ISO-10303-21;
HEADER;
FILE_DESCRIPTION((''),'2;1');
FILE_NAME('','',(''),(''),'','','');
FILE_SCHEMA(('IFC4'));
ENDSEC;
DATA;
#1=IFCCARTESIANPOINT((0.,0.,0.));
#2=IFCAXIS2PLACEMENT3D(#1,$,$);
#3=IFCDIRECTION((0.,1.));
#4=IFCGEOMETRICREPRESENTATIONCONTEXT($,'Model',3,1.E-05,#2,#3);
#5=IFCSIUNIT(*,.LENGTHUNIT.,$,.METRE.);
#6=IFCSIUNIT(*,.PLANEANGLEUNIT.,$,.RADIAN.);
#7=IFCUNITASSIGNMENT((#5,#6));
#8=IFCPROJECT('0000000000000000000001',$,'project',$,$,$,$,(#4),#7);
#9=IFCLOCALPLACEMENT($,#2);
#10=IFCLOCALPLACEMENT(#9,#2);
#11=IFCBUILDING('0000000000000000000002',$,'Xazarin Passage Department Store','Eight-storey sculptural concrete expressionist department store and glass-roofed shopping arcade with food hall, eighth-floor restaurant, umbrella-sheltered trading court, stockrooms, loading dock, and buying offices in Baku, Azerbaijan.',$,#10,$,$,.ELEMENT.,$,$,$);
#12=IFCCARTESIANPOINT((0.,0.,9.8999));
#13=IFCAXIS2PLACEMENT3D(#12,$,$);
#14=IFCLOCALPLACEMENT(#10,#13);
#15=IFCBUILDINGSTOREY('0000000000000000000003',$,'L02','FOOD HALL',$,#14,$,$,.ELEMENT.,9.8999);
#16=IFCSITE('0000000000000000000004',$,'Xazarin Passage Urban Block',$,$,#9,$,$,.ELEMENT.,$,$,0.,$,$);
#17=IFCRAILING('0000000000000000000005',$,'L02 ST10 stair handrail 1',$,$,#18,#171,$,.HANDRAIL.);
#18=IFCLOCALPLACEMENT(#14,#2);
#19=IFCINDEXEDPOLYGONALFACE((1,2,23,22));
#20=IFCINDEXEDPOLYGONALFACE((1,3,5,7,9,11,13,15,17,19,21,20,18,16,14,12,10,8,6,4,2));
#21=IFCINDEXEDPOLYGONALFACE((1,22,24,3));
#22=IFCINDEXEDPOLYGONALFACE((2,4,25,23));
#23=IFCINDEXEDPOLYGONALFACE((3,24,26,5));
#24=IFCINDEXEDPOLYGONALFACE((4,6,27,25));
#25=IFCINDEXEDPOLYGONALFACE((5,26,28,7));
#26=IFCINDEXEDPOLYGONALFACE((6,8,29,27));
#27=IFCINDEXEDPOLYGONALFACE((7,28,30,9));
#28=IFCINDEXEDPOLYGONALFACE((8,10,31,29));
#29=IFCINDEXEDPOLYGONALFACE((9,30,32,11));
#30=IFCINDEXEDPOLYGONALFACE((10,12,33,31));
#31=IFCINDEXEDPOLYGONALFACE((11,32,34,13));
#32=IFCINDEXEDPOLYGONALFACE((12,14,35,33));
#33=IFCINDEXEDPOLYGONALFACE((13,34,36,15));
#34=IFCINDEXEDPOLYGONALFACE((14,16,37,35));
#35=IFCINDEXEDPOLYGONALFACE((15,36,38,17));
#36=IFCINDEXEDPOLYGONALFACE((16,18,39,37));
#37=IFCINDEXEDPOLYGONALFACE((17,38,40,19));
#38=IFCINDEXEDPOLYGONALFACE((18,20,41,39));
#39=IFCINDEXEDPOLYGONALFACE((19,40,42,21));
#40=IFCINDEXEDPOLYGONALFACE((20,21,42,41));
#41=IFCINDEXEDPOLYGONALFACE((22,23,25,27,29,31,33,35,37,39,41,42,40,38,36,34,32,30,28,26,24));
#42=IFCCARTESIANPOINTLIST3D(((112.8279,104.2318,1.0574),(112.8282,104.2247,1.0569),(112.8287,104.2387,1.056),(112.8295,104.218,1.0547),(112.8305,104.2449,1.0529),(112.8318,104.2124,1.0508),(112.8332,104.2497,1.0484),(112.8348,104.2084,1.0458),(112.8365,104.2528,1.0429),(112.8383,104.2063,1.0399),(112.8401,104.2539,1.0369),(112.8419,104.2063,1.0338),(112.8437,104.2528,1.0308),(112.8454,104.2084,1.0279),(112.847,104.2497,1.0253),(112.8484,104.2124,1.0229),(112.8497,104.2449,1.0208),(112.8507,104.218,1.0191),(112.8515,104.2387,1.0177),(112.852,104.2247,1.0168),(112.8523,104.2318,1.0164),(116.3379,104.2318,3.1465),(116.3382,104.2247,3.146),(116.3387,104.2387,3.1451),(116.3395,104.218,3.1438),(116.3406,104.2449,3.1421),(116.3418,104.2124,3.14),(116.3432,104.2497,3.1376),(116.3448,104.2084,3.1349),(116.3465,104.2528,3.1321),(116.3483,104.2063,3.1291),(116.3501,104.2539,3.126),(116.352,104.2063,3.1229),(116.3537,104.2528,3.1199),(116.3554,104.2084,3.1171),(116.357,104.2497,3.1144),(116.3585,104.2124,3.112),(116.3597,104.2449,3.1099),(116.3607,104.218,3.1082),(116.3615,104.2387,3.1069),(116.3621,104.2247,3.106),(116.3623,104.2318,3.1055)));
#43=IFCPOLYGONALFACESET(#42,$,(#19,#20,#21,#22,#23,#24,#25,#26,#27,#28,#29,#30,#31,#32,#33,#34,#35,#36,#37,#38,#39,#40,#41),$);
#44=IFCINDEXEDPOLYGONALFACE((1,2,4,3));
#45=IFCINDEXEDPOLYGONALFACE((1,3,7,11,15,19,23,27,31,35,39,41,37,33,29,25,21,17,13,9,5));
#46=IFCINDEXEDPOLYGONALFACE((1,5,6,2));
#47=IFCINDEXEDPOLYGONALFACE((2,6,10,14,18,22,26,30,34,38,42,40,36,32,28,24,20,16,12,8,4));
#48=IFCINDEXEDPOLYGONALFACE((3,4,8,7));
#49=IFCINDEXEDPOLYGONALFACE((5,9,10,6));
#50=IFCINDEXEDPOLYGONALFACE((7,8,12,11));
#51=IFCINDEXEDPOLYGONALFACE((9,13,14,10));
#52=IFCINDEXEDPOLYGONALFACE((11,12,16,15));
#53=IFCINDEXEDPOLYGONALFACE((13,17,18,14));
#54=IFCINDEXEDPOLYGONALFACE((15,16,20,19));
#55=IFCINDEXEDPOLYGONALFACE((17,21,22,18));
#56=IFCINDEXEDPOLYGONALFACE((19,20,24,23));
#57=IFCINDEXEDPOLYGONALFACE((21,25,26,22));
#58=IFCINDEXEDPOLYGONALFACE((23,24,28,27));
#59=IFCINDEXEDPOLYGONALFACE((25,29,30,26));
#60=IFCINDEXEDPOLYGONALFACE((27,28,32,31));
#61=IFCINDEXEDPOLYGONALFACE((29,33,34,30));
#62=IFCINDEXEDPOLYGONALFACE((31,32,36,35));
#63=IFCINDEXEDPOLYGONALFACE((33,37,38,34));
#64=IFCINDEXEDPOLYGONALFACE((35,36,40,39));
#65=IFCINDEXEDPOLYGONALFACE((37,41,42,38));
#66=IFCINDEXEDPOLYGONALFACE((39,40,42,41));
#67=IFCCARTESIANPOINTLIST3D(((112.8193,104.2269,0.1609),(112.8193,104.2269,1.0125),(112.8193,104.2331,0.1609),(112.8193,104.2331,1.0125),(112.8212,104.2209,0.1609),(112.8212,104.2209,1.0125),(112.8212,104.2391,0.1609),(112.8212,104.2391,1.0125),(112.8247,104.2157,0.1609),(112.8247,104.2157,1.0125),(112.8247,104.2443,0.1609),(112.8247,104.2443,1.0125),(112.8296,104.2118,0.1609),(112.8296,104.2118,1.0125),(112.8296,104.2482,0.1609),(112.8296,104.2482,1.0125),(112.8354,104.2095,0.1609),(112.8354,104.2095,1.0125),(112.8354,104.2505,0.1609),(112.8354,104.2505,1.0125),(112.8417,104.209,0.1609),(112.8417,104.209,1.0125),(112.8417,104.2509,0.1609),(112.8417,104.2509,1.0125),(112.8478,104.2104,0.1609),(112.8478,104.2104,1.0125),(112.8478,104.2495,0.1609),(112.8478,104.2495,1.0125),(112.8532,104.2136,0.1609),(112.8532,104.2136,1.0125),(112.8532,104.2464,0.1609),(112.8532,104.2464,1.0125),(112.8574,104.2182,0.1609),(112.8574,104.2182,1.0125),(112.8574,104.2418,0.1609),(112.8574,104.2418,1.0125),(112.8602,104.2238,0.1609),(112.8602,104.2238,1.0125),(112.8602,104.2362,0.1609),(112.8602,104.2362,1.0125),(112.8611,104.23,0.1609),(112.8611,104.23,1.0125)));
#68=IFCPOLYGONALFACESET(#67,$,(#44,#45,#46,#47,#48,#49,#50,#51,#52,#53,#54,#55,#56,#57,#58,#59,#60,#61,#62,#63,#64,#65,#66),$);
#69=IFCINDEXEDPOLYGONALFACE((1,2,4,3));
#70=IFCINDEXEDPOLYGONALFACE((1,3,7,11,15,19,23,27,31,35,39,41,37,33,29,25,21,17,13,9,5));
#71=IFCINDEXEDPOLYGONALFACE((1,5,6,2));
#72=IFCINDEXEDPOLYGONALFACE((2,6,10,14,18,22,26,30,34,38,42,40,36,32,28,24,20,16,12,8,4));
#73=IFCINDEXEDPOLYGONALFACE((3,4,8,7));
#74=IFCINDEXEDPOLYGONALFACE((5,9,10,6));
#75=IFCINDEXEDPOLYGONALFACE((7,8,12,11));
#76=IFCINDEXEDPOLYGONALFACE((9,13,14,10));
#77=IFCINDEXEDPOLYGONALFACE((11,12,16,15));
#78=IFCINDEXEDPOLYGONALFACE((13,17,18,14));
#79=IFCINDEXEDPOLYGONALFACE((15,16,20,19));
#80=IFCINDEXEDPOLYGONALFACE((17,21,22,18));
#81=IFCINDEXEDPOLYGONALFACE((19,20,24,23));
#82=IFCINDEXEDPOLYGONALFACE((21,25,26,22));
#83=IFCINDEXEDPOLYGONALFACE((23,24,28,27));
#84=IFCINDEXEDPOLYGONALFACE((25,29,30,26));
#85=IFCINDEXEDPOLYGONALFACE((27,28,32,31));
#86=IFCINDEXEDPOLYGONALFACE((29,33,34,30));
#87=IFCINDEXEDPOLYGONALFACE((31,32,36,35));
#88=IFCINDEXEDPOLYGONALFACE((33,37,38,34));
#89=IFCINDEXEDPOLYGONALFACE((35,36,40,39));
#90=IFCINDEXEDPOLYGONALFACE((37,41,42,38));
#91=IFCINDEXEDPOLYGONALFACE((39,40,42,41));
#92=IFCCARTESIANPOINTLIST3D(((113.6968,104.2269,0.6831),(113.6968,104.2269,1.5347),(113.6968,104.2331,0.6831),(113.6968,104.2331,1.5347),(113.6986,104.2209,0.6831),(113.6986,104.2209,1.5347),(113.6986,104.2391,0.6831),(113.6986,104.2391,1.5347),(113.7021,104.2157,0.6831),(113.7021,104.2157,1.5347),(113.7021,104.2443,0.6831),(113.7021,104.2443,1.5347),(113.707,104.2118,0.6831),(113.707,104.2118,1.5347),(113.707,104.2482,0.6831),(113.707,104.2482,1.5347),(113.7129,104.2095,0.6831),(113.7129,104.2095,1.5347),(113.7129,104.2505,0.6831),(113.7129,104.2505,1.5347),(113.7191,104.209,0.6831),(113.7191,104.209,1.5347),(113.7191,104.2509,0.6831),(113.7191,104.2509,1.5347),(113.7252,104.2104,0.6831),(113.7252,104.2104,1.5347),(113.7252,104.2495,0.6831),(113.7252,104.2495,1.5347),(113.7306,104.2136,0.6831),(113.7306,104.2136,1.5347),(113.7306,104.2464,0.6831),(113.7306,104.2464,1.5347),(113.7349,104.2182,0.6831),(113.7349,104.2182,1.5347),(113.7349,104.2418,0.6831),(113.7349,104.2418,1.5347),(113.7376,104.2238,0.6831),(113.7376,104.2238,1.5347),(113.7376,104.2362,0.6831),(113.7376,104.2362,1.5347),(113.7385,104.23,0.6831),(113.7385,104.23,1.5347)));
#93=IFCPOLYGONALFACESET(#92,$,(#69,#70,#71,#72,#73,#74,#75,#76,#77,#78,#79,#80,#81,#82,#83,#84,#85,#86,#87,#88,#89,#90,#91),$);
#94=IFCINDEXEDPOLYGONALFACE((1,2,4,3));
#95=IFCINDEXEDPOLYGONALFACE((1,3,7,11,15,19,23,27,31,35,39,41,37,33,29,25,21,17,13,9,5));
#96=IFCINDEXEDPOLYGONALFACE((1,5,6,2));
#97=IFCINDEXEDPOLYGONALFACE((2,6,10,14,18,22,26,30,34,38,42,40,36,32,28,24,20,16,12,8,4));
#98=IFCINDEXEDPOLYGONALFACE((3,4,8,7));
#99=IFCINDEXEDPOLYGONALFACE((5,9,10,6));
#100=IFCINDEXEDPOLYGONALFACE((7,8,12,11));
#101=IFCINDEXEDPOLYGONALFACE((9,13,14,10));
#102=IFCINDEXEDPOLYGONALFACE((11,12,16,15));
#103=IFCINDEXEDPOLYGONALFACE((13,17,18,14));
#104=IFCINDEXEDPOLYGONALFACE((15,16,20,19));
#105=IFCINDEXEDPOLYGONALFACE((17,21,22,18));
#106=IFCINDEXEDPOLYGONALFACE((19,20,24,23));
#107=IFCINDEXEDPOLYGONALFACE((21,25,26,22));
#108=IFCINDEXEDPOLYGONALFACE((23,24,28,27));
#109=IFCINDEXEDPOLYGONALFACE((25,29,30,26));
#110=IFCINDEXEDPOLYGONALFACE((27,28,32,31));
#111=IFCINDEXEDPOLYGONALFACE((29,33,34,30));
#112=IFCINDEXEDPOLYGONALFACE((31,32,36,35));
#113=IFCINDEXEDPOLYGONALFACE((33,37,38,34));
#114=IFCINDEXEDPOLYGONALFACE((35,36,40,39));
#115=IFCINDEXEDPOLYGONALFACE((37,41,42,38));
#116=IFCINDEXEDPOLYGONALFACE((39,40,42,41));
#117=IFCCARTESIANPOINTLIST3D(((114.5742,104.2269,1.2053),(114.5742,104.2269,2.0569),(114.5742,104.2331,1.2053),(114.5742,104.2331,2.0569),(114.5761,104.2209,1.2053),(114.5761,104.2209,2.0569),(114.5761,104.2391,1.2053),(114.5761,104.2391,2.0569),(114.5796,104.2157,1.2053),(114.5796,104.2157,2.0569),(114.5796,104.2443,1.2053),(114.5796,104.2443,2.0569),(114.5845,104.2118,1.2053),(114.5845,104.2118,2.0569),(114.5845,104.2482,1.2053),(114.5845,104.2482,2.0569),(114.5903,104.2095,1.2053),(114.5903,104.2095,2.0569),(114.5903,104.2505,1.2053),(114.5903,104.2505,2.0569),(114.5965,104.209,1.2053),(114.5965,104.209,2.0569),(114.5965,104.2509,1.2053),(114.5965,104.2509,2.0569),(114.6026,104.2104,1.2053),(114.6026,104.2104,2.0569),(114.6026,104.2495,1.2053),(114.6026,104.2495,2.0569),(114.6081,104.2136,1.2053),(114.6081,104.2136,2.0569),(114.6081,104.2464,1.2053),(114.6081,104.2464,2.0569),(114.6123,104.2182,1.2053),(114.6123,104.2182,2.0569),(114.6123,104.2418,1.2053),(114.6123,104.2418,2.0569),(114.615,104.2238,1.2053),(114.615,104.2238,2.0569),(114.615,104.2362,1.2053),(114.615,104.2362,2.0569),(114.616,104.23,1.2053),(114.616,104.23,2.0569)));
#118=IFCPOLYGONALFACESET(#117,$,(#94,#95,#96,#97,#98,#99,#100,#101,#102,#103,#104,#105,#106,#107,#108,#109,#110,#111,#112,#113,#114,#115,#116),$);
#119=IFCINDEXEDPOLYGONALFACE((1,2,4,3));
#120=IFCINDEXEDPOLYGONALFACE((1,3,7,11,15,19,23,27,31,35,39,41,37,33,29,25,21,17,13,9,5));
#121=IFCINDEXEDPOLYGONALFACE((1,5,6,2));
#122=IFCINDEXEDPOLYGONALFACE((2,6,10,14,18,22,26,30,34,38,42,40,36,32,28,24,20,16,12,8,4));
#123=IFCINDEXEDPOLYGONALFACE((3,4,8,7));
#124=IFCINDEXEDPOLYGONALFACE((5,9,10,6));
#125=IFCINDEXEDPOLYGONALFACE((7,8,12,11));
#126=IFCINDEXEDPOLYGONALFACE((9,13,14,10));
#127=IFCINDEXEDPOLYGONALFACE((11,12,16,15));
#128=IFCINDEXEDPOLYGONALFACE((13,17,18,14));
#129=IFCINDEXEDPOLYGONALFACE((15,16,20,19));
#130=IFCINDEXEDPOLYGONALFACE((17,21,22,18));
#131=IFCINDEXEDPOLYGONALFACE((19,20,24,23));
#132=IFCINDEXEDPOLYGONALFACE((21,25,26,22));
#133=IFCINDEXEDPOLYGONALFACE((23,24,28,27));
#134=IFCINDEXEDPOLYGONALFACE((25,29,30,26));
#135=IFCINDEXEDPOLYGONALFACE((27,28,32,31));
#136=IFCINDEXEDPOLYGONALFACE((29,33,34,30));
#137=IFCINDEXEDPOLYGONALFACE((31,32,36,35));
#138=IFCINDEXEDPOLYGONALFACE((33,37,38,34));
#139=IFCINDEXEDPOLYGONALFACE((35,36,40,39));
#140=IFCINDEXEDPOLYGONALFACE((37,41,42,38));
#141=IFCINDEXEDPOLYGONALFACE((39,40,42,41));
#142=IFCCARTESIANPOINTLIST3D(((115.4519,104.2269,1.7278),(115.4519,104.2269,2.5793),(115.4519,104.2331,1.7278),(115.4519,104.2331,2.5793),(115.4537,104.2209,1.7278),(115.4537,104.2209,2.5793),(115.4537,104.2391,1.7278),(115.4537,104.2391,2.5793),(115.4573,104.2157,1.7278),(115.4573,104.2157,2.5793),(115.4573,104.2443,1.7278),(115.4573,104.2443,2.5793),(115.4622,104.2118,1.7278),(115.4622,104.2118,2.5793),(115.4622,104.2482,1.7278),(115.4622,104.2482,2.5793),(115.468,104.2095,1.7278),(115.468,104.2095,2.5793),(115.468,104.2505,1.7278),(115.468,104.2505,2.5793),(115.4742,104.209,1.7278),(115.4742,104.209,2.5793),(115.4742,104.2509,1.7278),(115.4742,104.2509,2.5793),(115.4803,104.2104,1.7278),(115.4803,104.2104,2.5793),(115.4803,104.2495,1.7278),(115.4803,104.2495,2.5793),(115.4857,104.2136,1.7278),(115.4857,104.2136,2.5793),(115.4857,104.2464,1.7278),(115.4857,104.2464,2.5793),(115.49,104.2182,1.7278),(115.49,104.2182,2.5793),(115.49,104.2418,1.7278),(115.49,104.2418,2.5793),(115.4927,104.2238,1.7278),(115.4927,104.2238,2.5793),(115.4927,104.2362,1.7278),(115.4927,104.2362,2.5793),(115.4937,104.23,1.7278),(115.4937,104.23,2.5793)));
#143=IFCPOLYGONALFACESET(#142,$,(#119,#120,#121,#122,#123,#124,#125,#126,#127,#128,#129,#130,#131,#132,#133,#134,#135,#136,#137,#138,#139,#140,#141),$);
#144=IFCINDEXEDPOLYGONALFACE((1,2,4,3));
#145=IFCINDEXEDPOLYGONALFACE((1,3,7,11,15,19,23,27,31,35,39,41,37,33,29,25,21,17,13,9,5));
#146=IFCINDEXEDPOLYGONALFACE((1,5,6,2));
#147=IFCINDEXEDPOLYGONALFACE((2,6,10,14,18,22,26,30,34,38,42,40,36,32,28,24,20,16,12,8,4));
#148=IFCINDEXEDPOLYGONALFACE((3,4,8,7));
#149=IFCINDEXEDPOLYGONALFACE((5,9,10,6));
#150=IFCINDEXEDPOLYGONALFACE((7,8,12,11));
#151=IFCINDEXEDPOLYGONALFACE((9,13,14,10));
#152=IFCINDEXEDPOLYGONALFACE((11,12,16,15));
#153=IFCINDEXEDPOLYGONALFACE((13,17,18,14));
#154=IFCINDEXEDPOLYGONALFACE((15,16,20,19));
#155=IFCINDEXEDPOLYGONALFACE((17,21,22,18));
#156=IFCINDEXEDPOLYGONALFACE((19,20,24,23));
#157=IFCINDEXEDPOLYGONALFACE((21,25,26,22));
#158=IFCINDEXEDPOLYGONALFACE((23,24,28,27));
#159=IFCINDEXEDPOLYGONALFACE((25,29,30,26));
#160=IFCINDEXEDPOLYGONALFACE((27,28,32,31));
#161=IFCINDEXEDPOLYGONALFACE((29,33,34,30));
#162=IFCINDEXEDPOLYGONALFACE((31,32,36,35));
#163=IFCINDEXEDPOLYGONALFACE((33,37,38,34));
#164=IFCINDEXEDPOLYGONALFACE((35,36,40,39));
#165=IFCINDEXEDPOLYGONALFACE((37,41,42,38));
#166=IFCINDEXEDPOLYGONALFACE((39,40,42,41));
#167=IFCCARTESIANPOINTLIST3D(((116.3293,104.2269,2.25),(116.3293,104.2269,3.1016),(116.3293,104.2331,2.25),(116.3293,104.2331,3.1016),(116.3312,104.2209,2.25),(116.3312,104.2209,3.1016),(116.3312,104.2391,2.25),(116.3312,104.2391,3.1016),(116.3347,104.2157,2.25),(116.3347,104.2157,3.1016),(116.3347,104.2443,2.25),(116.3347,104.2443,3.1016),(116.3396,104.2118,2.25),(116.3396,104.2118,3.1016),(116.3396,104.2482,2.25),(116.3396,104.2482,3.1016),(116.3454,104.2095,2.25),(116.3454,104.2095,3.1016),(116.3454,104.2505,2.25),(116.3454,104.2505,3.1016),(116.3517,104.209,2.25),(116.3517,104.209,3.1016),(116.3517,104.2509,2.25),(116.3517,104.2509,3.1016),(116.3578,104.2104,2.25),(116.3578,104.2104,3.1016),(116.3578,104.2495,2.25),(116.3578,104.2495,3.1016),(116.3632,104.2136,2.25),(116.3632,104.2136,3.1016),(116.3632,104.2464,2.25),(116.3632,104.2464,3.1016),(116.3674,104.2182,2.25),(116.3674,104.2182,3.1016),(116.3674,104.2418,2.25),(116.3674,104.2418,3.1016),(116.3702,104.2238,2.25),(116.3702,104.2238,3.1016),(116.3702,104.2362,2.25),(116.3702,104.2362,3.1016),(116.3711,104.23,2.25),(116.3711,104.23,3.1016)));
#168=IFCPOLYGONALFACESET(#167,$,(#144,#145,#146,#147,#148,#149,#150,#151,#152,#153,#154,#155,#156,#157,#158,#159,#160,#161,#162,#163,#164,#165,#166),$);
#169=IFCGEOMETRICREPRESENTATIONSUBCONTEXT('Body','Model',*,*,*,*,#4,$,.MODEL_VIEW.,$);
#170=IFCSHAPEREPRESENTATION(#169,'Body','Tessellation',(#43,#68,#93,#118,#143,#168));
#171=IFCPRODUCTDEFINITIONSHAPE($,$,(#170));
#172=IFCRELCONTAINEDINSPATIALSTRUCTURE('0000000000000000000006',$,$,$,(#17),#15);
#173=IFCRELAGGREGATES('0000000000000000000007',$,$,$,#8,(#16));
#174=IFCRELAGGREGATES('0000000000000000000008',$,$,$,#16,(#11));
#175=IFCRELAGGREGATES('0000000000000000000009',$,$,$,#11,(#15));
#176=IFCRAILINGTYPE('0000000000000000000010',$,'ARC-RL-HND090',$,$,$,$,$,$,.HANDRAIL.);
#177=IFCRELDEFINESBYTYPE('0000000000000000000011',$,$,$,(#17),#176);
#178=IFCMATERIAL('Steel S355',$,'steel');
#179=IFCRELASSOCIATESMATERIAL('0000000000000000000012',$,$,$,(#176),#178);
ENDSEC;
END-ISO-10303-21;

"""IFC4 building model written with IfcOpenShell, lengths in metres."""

from ifc_helpers import new_model, si_unit, direction, frame, origin, origin_2d, place, context, subcontext, project, spatial, circle, extrude, material, type_object, element, save


model = new_model("IFC4")

# Units and contexts
model_context = context("Model", 3, precision=1e-05, world=origin(), true_north=direction((0.0, 1.0)))
body_context = subcontext(model_context, "Body", "Model", "MODEL_VIEW")
ifc_project = project(units=[si_unit("LENGTHUNIT", "METRE"), si_unit("PLANEANGLEUNIT", "RADIAN")], contexts=[model_context])

# Site, building, storey
site_placement = place(None, origin())
site = spatial("IfcSite", under=ifc_project, at=site_placement, Name="Xazarin Passage Urban Block", CompositionType="ELEMENT", RefElevation=0.0)
building_placement = place(site_placement, origin())
building = spatial("IfcBuilding", under=site, at=building_placement, Name="Xazarin Passage Department Store", Description="Eight-storey sculptural concrete expressionist department store and glass-roofed shopping arcade with food hall, eighth-floor restaurant, umbrella-sheltered trading court, stockrooms, loading dock, and buying offices in Baku, Azerbaijan.", CompositionType="ELEMENT")
storey_placement = place(building_placement, frame((0.0, 0.0, 9.8999)))
storey = spatial("IfcBuildingStorey", under=building, at=storey_placement, Name="L02", Description="FOOD HALL", CompositionType="ELEMENT", Elevation=9.8999)

# Shared definitions
ifc_material_1 = material(Name="Steel S355", Category="steel")

# Railing
railing_type_1 = type_object("IfcRailingType", Name="ARC-RL-HND090", PredefinedType="HANDRAIL", material=ifc_material_1)
for number, where, name in (
    (1, (112.8401, 104.23, 0.1609), "L02 ST10 stair handrail 1"),
):
    element("IfcRailing", number, at=place(storey_placement, frame(where)), inside=storey, type_object=railing_type_1, Name=name, PredefinedType="HANDRAIL", context=body_context, shape_type="SweptSolid", body=[
        extrude(circle(Radius=0.0239, at=origin_2d()), frame((0.0, 0.0, 0.876), z_axis=(0.859312, 0.0, 0.511451), x_axis=(0.0, 1.0, 0.0)), (0.0, 0.0, 1.0), 4.0847),
        extrude(circle(Radius=0.021, at=origin_2d()), origin(), (0.0, 0.0, 1.0), 0.8516),
        extrude(circle(Radius=0.021, at=origin_2d()), frame((0.8774, 0.0, 0.5222)), (0.0, 0.0, 1.0), 0.8516),
        extrude(circle(Radius=0.021, at=origin_2d()), frame((1.7549, 0.0, 1.0444)), (0.0, 0.0, 1.0), 0.8516),
        extrude(circle(Radius=0.021, at=origin_2d()), frame((2.6326, 0.0, 1.5669)), (0.0, 0.0, 1.0), 0.8516),
        extrude(circle(Radius=0.021, at=origin_2d()), frame((3.51, 0.0, 2.0891)), (0.0, 0.0, 1.0), 0.8516),
    ])

save(model, "model.ifc")
